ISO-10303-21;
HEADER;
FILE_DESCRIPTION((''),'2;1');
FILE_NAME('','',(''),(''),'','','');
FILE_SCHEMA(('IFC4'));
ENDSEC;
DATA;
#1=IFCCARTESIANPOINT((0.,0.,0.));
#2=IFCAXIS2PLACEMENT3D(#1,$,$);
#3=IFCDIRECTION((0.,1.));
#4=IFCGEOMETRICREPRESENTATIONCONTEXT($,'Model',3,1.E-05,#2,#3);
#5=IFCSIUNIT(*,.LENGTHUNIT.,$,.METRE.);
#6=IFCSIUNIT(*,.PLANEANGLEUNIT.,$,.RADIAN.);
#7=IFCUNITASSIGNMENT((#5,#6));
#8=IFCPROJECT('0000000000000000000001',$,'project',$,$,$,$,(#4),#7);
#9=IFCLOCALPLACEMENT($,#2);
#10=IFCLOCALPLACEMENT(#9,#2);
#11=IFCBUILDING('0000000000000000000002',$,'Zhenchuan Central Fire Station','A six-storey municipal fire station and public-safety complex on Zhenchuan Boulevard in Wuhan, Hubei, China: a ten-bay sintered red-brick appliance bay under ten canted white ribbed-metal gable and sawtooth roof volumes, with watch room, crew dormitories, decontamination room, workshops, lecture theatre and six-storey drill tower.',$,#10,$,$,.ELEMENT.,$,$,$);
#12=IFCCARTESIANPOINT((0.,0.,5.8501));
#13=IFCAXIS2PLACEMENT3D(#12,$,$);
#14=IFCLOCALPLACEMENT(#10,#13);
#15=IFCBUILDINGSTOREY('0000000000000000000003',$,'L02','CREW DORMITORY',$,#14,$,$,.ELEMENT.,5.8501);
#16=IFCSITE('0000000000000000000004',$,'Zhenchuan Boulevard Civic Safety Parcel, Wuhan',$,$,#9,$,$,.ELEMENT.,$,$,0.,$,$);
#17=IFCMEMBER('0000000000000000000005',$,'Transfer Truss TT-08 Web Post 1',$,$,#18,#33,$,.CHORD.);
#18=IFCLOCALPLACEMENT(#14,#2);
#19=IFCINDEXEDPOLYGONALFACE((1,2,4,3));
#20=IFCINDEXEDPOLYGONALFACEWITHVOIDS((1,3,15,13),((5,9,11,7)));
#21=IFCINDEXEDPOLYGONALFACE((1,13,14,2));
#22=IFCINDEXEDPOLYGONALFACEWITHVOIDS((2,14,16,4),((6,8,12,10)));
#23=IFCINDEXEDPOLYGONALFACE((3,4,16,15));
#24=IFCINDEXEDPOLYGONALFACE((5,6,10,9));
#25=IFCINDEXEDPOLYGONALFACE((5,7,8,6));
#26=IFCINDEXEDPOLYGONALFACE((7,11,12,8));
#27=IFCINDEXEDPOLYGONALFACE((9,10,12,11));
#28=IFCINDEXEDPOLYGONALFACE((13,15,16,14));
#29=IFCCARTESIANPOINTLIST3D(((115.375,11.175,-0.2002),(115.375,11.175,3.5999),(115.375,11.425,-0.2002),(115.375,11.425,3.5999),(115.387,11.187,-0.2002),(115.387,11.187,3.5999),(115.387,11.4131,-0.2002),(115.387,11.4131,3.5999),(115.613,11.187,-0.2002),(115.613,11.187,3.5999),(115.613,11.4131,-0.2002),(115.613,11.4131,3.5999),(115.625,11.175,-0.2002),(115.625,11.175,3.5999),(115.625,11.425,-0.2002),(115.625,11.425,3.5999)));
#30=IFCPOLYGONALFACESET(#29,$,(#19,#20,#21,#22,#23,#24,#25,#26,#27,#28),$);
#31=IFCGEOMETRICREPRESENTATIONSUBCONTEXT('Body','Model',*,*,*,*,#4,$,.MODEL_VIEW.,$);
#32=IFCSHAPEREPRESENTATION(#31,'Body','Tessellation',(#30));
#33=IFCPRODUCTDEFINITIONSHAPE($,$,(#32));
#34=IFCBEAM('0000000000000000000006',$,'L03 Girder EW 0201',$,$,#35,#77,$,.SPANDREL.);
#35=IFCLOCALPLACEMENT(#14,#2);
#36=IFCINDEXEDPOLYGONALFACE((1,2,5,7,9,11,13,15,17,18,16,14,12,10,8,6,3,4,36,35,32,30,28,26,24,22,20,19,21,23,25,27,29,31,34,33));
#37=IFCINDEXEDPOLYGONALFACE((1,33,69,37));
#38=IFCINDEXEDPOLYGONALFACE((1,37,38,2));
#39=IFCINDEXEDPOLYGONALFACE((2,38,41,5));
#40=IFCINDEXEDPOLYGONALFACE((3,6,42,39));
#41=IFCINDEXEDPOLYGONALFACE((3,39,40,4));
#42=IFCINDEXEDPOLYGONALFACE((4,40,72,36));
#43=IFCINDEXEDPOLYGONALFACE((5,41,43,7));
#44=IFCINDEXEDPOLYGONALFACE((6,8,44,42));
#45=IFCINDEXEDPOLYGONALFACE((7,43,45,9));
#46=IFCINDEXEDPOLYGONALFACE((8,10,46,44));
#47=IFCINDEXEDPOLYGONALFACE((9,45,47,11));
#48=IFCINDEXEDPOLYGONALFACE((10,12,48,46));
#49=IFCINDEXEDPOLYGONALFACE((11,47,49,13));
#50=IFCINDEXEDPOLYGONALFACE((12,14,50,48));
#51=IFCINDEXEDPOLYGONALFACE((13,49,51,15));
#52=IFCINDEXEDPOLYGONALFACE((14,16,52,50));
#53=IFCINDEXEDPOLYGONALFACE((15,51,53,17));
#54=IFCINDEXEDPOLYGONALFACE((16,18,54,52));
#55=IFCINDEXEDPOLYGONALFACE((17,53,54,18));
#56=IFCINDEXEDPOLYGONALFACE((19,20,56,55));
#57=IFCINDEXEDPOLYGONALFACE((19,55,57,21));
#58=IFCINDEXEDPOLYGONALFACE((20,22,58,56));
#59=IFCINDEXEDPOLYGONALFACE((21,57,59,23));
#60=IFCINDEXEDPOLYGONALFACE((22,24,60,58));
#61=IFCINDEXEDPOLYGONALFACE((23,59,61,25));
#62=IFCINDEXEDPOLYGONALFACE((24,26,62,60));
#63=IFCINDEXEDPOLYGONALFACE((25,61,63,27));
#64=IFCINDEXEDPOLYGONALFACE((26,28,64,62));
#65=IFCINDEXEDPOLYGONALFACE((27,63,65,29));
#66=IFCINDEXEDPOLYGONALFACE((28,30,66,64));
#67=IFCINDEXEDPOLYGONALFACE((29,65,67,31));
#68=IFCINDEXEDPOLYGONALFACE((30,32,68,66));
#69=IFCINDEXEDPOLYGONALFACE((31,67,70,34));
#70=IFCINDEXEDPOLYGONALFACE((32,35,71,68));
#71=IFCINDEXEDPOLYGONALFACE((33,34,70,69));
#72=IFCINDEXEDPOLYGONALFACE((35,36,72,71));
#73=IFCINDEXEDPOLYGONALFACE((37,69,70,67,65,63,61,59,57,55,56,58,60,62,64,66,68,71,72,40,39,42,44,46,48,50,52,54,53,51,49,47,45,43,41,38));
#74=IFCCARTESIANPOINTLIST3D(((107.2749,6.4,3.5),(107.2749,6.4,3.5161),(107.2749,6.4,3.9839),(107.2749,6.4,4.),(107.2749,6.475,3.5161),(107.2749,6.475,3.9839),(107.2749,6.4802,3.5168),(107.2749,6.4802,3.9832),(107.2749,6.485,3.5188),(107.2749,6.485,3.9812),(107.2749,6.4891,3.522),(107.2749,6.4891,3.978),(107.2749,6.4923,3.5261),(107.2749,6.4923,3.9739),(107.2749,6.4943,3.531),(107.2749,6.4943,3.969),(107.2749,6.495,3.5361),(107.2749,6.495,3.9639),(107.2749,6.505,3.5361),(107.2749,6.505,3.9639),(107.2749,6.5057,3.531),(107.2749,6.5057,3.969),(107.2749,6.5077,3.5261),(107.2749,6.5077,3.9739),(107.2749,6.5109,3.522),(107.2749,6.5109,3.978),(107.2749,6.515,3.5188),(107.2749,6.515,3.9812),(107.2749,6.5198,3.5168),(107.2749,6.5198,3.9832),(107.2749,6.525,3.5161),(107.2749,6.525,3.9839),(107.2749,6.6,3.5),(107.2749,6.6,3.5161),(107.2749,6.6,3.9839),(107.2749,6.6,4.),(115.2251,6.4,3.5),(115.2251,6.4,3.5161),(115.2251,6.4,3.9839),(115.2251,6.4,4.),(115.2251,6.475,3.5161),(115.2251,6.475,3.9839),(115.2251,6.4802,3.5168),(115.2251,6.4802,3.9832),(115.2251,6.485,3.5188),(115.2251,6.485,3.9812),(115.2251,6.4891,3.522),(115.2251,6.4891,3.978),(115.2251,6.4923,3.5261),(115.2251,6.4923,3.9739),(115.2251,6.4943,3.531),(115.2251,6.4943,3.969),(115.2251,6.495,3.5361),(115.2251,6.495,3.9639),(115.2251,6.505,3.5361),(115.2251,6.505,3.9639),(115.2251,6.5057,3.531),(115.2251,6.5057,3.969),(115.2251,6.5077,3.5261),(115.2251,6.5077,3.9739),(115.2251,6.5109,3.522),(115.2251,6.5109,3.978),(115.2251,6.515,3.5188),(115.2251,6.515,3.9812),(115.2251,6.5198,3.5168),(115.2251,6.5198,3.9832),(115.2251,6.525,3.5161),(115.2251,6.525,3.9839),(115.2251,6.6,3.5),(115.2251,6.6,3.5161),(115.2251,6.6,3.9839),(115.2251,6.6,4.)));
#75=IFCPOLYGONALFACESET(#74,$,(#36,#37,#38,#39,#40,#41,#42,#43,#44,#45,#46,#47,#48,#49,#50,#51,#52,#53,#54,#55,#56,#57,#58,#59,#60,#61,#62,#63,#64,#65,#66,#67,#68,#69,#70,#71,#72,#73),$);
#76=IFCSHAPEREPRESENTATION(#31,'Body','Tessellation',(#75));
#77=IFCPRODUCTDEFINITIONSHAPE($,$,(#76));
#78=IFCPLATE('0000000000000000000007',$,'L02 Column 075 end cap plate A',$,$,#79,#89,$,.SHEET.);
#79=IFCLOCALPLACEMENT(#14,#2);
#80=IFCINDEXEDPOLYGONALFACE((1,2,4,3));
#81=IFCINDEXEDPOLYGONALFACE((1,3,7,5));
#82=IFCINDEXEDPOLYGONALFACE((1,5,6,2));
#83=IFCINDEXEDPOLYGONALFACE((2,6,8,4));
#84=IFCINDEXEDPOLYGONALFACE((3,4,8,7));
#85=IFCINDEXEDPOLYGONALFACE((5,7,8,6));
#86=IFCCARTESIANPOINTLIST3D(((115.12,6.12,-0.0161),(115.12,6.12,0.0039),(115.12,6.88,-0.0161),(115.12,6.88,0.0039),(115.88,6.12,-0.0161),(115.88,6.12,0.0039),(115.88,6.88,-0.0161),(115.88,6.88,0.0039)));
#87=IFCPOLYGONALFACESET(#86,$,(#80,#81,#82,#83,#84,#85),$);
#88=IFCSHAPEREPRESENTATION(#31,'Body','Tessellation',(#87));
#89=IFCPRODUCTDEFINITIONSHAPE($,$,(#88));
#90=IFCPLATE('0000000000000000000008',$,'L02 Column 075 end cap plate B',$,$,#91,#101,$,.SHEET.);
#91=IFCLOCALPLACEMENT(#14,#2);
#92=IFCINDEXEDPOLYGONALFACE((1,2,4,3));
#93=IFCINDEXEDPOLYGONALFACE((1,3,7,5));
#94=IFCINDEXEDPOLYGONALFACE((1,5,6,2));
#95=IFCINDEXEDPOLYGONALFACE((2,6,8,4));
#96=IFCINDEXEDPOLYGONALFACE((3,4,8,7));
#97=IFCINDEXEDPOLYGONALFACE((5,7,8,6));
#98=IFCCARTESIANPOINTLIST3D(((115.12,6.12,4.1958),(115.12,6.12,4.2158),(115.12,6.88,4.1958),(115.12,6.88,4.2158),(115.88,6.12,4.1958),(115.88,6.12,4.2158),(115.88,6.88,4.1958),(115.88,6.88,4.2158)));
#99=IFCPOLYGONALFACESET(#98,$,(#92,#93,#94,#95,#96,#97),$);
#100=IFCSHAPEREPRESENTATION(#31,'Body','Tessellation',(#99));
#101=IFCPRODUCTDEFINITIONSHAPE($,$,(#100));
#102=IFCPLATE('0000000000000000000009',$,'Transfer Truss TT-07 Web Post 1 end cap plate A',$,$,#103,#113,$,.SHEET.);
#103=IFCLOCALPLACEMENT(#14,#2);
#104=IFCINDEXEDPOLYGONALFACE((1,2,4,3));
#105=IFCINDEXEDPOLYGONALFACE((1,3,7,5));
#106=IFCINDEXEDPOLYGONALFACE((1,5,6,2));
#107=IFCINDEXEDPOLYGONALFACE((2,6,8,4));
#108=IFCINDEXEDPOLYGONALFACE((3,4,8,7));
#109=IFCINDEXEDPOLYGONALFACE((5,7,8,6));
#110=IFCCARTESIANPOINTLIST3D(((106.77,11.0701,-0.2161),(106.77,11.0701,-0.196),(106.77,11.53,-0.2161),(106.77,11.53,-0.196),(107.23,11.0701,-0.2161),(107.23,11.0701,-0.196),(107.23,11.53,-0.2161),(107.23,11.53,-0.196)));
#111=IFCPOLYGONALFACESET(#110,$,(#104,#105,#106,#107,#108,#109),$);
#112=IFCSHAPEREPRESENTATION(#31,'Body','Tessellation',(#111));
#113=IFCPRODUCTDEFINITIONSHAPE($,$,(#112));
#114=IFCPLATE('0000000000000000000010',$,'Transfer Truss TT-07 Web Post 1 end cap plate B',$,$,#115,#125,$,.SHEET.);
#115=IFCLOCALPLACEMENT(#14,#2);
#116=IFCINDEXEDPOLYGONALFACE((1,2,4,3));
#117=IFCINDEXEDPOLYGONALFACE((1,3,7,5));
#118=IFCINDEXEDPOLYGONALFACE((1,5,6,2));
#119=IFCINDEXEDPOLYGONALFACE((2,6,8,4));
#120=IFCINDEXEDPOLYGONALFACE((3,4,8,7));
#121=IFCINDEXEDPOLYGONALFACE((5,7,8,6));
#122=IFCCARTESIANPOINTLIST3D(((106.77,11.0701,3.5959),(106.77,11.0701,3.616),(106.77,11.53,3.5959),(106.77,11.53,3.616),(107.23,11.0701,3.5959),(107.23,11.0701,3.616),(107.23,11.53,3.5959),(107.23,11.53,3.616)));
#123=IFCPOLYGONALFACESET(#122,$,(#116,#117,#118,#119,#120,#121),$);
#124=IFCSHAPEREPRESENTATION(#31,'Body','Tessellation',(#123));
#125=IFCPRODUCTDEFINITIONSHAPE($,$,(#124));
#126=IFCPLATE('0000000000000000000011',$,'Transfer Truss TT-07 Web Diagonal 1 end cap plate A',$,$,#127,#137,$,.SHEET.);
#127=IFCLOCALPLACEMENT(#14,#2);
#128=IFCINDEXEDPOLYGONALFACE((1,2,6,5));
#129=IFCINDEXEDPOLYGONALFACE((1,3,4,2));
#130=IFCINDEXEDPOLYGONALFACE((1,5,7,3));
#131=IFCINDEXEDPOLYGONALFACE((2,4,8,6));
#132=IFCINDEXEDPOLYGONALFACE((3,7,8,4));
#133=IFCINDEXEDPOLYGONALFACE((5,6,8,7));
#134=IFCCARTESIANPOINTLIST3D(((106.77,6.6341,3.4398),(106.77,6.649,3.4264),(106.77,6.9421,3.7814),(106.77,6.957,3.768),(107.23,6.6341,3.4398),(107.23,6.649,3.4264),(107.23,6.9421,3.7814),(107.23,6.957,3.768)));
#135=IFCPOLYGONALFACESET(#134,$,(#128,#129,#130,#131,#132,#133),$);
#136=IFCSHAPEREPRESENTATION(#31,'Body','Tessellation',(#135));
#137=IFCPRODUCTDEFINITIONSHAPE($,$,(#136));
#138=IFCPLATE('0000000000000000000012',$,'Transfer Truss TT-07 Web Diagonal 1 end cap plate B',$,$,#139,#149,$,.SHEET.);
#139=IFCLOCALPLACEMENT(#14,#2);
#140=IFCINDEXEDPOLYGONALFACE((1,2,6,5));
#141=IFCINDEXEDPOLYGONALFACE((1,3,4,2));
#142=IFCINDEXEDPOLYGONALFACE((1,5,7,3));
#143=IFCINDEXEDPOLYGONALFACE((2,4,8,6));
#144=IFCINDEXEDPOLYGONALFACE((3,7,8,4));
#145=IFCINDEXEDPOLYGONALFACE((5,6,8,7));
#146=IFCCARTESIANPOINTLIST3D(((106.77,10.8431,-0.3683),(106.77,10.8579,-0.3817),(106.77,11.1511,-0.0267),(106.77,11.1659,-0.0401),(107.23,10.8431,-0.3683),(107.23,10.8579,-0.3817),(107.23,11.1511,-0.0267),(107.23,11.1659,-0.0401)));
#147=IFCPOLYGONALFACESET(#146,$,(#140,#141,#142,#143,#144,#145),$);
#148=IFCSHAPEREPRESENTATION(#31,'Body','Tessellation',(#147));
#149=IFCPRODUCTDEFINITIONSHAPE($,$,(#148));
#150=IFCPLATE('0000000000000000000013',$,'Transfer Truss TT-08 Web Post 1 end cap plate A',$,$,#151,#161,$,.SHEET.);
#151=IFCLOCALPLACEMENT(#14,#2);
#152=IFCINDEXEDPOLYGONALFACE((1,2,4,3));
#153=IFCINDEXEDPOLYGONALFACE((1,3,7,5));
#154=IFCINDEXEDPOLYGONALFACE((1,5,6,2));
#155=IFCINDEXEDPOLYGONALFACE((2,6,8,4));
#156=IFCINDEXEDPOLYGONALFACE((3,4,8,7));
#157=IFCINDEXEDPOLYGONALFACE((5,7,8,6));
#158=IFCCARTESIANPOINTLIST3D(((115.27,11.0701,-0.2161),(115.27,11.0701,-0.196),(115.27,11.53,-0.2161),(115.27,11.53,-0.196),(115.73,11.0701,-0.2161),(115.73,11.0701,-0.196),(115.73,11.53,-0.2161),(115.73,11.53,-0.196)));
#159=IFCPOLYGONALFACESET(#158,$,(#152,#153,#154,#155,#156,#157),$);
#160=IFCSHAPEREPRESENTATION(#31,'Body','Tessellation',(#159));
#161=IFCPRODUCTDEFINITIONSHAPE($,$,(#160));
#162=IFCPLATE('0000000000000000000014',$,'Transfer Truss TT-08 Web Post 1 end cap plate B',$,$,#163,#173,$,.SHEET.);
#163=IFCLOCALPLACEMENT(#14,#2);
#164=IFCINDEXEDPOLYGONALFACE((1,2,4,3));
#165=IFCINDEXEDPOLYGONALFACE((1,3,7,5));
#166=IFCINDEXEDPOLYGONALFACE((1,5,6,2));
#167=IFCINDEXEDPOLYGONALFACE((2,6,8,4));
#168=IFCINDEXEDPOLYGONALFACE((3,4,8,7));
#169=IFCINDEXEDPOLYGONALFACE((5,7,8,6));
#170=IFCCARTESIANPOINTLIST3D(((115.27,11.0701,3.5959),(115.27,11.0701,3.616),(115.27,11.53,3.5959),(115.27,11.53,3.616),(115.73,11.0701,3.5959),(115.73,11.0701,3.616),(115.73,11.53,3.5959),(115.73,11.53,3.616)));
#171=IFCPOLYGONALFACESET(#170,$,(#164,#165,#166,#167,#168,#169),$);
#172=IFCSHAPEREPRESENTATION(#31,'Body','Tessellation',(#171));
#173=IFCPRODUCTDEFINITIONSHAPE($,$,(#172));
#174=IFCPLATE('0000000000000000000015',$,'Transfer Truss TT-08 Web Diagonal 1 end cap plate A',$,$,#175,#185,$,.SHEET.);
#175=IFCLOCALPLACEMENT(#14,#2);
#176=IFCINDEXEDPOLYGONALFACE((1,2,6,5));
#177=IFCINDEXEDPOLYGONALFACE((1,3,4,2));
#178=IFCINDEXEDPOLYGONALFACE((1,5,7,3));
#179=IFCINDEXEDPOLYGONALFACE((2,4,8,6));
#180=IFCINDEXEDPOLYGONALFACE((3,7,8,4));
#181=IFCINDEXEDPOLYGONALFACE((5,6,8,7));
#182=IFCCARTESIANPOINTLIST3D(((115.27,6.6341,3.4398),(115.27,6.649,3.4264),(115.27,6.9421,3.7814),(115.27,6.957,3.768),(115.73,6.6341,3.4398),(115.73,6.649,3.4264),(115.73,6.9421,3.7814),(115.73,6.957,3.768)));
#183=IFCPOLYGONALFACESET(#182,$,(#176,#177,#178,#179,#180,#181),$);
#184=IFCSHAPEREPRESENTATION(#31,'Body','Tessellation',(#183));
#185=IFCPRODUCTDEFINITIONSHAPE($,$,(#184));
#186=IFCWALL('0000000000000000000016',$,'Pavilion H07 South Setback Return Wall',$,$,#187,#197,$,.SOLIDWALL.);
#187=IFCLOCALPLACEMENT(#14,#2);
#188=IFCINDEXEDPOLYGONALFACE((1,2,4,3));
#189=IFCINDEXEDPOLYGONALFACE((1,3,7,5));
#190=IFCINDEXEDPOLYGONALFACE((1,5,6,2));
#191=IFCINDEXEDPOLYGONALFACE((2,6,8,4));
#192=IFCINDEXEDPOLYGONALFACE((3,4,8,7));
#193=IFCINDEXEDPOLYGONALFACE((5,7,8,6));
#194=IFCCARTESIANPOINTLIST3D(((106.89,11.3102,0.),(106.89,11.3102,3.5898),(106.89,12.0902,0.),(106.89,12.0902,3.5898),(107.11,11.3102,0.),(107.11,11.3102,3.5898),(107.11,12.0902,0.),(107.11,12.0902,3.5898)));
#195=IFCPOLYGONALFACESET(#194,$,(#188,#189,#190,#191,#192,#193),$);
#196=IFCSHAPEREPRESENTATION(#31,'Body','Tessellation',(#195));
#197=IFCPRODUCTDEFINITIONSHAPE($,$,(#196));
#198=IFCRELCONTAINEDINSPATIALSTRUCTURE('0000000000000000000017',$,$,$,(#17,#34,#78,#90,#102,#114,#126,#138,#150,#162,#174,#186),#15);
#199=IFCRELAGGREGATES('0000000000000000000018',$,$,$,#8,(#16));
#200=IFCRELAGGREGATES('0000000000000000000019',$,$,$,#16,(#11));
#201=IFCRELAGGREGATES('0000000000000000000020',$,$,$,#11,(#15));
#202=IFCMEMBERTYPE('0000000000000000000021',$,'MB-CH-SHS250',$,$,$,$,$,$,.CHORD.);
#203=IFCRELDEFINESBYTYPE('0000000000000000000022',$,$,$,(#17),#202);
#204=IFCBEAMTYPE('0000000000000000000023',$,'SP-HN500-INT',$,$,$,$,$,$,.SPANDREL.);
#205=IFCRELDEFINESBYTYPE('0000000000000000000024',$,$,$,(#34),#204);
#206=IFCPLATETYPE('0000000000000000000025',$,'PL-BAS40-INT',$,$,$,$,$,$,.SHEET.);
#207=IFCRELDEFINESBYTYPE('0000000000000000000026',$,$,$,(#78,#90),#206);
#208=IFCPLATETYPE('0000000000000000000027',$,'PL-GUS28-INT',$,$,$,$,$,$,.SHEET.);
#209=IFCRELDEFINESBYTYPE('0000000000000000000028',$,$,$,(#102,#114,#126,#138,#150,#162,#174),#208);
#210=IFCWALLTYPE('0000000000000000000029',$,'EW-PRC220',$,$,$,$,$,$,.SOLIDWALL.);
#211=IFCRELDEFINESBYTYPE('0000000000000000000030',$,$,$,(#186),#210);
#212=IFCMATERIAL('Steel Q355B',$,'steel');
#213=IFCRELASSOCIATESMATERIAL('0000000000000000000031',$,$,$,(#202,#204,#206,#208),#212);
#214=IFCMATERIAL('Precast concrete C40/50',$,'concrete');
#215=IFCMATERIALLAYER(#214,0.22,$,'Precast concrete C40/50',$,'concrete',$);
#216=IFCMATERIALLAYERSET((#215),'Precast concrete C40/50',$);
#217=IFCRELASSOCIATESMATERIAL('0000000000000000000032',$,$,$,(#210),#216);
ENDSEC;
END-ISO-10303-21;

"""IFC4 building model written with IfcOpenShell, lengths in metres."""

from ifc_helpers import new_model, si_unit, direction, frame, frame_2d, origin, origin_2d, place, context, subcontext, project, spatial, rectangle, hollow_rectangle, i_section, extrude, material, layer, layer_set, material_profile, profile_set, type_object, element, save


model = new_model("IFC4")

# Units and contexts
model_context = context("Model", 3, precision=1e-05, world=origin(), true_north=direction((0.0, 1.0)))
body_context = subcontext(model_context, "Body", "Model", "MODEL_VIEW")
ifc_project = project(units=[si_unit("LENGTHUNIT", "METRE"), si_unit("PLANEANGLEUNIT", "RADIAN")], contexts=[model_context])

# Site, building, storey
site_placement = place(None, origin())
site = spatial("IfcSite", under=ifc_project, at=site_placement, Name="Zhenchuan Boulevard Civic Safety Parcel, Wuhan", CompositionType="ELEMENT", RefElevation=0.0)
building_placement = place(site_placement, origin())
building = spatial("IfcBuilding", under=site, at=building_placement, Name="Zhenchuan Central Fire Station", Description="A six-storey municipal fire station and public-safety complex on Zhenchuan Boulevard in Wuhan, Hubei, China: a ten-bay sintered red-brick appliance bay under ten canted white ribbed-metal gable and sawtooth roof volumes, with watch room, crew dormitories, decontamination room, workshops, lecture theatre and six-storey drill tower.", CompositionType="ELEMENT")
storey_placement = place(building_placement, frame((0.0, 0.0, 5.8501)))
storey = spatial("IfcBuildingStorey", under=building, at=storey_placement, Name="L02", Description="CREW DORMITORY", CompositionType="ELEMENT", Elevation=5.8501)

# Shared definitions
ifc_material_1 = material(Name="Steel Q355B", Category="steel")

# Member
ifc_material_profile_1 = material_profile(ifc_material_1, hollow_rectangle(XDim=0.25, YDim=0.25, WallThickness=0.012, at=origin_2d()), Name="SHS 250x250x12")
ifc_profile_set_1 = profile_set([ifc_material_profile_1], Name="Steel Q355B")
member_type_1 = type_object("IfcMemberType", Name="MB-CH-SHS250", PredefinedType="CHORD", material=ifc_profile_set_1)
for number, where, z_axis, x_axis, name in (
    (1, (115.5, 11.3, -0.2002), (0.0, 0.0, 1.0), (1.0, 0.0, 0.0), "Transfer Truss TT-08 Web Post 1"),
):
    element("IfcMember", number, at=place(storey_placement, frame(where, z_axis=z_axis, x_axis=x_axis)), inside=storey, type_object=member_type_1, Name=name, PredefinedType="CHORD", context=body_context, shape_type="SweptSolid", body=[
        extrude(hollow_rectangle(XDim=0.25, YDim=0.25, WallThickness=0.012, at=origin_2d()), origin(), (0.0, 0.0, 1.0), 3.8),
    ])

# Beam
ifc_material_profile_2 = material_profile(ifc_material_1, i_section(OverallWidth=0.2, OverallDepth=0.5, WebThickness=0.01, FlangeThickness=0.0161, FilletRadius=0.02, at=origin_2d()), Name="HN 500x200")
ifc_profile_set_2 = profile_set([ifc_material_profile_2], Name="Steel Q355B")
beam_type_1 = type_object("IfcBeamType", Name="SP-HN500-INT", PredefinedType="SPANDREL", material=ifc_profile_set_2)
beam_1_placement = place(storey_placement, frame((107.2749, 6.5, 3.75), z_axis=(1.0, 0.0, 0.0), x_axis=(0.0, 1.0, 0.0)))
element("IfcBeam", 2, at=beam_1_placement, inside=storey, type_object=beam_type_1, Name="L03 Girder EW 0201", PredefinedType="SPANDREL", context=body_context, shape_type="SweptSolid", body=[
    extrude(i_section(OverallWidth=0.2, OverallDepth=0.5, WebThickness=0.01, FlangeThickness=0.0161, FilletRadius=0.02, at=origin_2d()), origin(), (0.0, 0.0, 1.0), 7.9502),
])

# Plates
ifc_material_profile_3 = material_profile(ifc_material_1, rectangle(XDim=0.76, YDim=0.76, at=origin_2d()), Name="PL 760x760x40")
ifc_profile_set_3 = profile_set([ifc_material_profile_3], Name="Steel Q355B")
plate_type_1 = type_object("IfcPlateType", Name="PL-BAS40-INT", PredefinedType="SHEET", material=ifc_profile_set_3)
for number, where, z_axis, x_axis, name in (
    (3, (115.5, 6.5, -0.0161), (0.0, 0.0, 1.0), (1.0, 0.0, 0.0), "L02 Column 075 end cap plate A"),
    (4, (115.5, 6.5, 4.1958), (0.0, 0.0, 1.0), (1.0, 0.0, 0.0), "L02 Column 075 end cap plate B"),
):
    element("IfcPlate", number, at=place(storey_placement, frame(where, z_axis=z_axis, x_axis=x_axis)), inside=storey, type_object=plate_type_1, Name=name, PredefinedType="SHEET", context=body_context, shape_type="SweptSolid", body=[
        extrude(rectangle(XDim=0.76, YDim=0.76, at=origin_2d()), origin(), (0.0, 0.0, 1.0), 0.02),
    ])
ifc_material_profile_4 = material_profile(ifc_material_1, rectangle(XDim=0.46, YDim=0.46, at=origin_2d()), Name="PL 460x460x28")
ifc_profile_set_4 = profile_set([ifc_material_profile_4], Name="Steel Q355B")
plate_type_2 = type_object("IfcPlateType", Name="PL-GUS28-INT", PredefinedType="SHEET", material=ifc_profile_set_4)
for number, where, z_axis, x_axis, name in (
    (5, (107.0, 11.3, -0.2161), (0.0, 0.0, 1.0), (1.0, 0.0, 0.0), "Transfer Truss TT-07 Web Post 1 end cap plate A"),
    (6, (107.0, 11.3, 3.5959), (0.0, 0.0, 1.0), (1.0, 0.0, 0.0), "Transfer Truss TT-07 Web Post 1 end cap plate B"),
    (7, (107.0, 6.7881, 3.6106), (0.0, 0.742688, -0.669637), (-1.0, 0.0, 0.0), "Transfer Truss TT-07 Web Diagonal 1 end cap plate A"),
    (8, (107.0, 10.9971, -0.1975), (0.0, 0.742688, -0.669637), (-1.0, 0.0, 0.0), "Transfer Truss TT-07 Web Diagonal 1 end cap plate B"),
    (9, (115.5, 11.3, -0.2161), (0.0, 0.0, 1.0), (1.0, 0.0, 0.0), "Transfer Truss TT-08 Web Post 1 end cap plate A"),
    (10, (115.5, 11.3, 3.5959), (0.0, 0.0, 1.0), (1.0, 0.0, 0.0), "Transfer Truss TT-08 Web Post 1 end cap plate B"),
    (11, (115.5, 6.7881, 3.6106), (0.0, 0.742688, -0.669637), (-1.0, 0.0, 0.0), "Transfer Truss TT-08 Web Diagonal 1 end cap plate A"),
):
    element("IfcPlate", number, at=place(storey_placement, frame(where, z_axis=z_axis, x_axis=x_axis)), inside=storey, type_object=plate_type_2, Name=name, PredefinedType="SHEET", context=body_context, shape_type="SweptSolid", body=[
        extrude(rectangle(XDim=0.46, YDim=0.46, at=origin_2d()), origin(), (0.0, 0.0, 1.0), 0.02),
    ])

# Wall
ifc_material_2 = material(Name="Precast concrete C40/50", Category="concrete")
ifc_layer = layer(ifc_material_2, 0.22, Name="Precast concrete C40/50", Category="concrete")
ifc_layer_set = layer_set([ifc_layer], Name="Precast concrete C40/50")
wall_type = type_object("IfcWallType", Name="EW-PRC220", PredefinedType="SOLIDWALL", material=ifc_layer_set)
wall_placement = place(storey_placement, frame((107.0, 11.3101, 0.0), z_axis=(0.0, 0.0, 1.0), x_axis=(0.0, 1.0, 0.0)))
element("IfcWall", 12, at=wall_placement, inside=storey, type_object=wall_type, Name="Pavilion H07 South Setback Return Wall", PredefinedType="SOLIDWALL", context=body_context, shape_type="SweptSolid", body=[
    extrude(rectangle(XDim=0.78, YDim=0.22, at=frame_2d((0.3901, 0.0))), origin(), (0.0, 0.0, 1.0), 3.5898),
])

save(model, "model.ifc")
